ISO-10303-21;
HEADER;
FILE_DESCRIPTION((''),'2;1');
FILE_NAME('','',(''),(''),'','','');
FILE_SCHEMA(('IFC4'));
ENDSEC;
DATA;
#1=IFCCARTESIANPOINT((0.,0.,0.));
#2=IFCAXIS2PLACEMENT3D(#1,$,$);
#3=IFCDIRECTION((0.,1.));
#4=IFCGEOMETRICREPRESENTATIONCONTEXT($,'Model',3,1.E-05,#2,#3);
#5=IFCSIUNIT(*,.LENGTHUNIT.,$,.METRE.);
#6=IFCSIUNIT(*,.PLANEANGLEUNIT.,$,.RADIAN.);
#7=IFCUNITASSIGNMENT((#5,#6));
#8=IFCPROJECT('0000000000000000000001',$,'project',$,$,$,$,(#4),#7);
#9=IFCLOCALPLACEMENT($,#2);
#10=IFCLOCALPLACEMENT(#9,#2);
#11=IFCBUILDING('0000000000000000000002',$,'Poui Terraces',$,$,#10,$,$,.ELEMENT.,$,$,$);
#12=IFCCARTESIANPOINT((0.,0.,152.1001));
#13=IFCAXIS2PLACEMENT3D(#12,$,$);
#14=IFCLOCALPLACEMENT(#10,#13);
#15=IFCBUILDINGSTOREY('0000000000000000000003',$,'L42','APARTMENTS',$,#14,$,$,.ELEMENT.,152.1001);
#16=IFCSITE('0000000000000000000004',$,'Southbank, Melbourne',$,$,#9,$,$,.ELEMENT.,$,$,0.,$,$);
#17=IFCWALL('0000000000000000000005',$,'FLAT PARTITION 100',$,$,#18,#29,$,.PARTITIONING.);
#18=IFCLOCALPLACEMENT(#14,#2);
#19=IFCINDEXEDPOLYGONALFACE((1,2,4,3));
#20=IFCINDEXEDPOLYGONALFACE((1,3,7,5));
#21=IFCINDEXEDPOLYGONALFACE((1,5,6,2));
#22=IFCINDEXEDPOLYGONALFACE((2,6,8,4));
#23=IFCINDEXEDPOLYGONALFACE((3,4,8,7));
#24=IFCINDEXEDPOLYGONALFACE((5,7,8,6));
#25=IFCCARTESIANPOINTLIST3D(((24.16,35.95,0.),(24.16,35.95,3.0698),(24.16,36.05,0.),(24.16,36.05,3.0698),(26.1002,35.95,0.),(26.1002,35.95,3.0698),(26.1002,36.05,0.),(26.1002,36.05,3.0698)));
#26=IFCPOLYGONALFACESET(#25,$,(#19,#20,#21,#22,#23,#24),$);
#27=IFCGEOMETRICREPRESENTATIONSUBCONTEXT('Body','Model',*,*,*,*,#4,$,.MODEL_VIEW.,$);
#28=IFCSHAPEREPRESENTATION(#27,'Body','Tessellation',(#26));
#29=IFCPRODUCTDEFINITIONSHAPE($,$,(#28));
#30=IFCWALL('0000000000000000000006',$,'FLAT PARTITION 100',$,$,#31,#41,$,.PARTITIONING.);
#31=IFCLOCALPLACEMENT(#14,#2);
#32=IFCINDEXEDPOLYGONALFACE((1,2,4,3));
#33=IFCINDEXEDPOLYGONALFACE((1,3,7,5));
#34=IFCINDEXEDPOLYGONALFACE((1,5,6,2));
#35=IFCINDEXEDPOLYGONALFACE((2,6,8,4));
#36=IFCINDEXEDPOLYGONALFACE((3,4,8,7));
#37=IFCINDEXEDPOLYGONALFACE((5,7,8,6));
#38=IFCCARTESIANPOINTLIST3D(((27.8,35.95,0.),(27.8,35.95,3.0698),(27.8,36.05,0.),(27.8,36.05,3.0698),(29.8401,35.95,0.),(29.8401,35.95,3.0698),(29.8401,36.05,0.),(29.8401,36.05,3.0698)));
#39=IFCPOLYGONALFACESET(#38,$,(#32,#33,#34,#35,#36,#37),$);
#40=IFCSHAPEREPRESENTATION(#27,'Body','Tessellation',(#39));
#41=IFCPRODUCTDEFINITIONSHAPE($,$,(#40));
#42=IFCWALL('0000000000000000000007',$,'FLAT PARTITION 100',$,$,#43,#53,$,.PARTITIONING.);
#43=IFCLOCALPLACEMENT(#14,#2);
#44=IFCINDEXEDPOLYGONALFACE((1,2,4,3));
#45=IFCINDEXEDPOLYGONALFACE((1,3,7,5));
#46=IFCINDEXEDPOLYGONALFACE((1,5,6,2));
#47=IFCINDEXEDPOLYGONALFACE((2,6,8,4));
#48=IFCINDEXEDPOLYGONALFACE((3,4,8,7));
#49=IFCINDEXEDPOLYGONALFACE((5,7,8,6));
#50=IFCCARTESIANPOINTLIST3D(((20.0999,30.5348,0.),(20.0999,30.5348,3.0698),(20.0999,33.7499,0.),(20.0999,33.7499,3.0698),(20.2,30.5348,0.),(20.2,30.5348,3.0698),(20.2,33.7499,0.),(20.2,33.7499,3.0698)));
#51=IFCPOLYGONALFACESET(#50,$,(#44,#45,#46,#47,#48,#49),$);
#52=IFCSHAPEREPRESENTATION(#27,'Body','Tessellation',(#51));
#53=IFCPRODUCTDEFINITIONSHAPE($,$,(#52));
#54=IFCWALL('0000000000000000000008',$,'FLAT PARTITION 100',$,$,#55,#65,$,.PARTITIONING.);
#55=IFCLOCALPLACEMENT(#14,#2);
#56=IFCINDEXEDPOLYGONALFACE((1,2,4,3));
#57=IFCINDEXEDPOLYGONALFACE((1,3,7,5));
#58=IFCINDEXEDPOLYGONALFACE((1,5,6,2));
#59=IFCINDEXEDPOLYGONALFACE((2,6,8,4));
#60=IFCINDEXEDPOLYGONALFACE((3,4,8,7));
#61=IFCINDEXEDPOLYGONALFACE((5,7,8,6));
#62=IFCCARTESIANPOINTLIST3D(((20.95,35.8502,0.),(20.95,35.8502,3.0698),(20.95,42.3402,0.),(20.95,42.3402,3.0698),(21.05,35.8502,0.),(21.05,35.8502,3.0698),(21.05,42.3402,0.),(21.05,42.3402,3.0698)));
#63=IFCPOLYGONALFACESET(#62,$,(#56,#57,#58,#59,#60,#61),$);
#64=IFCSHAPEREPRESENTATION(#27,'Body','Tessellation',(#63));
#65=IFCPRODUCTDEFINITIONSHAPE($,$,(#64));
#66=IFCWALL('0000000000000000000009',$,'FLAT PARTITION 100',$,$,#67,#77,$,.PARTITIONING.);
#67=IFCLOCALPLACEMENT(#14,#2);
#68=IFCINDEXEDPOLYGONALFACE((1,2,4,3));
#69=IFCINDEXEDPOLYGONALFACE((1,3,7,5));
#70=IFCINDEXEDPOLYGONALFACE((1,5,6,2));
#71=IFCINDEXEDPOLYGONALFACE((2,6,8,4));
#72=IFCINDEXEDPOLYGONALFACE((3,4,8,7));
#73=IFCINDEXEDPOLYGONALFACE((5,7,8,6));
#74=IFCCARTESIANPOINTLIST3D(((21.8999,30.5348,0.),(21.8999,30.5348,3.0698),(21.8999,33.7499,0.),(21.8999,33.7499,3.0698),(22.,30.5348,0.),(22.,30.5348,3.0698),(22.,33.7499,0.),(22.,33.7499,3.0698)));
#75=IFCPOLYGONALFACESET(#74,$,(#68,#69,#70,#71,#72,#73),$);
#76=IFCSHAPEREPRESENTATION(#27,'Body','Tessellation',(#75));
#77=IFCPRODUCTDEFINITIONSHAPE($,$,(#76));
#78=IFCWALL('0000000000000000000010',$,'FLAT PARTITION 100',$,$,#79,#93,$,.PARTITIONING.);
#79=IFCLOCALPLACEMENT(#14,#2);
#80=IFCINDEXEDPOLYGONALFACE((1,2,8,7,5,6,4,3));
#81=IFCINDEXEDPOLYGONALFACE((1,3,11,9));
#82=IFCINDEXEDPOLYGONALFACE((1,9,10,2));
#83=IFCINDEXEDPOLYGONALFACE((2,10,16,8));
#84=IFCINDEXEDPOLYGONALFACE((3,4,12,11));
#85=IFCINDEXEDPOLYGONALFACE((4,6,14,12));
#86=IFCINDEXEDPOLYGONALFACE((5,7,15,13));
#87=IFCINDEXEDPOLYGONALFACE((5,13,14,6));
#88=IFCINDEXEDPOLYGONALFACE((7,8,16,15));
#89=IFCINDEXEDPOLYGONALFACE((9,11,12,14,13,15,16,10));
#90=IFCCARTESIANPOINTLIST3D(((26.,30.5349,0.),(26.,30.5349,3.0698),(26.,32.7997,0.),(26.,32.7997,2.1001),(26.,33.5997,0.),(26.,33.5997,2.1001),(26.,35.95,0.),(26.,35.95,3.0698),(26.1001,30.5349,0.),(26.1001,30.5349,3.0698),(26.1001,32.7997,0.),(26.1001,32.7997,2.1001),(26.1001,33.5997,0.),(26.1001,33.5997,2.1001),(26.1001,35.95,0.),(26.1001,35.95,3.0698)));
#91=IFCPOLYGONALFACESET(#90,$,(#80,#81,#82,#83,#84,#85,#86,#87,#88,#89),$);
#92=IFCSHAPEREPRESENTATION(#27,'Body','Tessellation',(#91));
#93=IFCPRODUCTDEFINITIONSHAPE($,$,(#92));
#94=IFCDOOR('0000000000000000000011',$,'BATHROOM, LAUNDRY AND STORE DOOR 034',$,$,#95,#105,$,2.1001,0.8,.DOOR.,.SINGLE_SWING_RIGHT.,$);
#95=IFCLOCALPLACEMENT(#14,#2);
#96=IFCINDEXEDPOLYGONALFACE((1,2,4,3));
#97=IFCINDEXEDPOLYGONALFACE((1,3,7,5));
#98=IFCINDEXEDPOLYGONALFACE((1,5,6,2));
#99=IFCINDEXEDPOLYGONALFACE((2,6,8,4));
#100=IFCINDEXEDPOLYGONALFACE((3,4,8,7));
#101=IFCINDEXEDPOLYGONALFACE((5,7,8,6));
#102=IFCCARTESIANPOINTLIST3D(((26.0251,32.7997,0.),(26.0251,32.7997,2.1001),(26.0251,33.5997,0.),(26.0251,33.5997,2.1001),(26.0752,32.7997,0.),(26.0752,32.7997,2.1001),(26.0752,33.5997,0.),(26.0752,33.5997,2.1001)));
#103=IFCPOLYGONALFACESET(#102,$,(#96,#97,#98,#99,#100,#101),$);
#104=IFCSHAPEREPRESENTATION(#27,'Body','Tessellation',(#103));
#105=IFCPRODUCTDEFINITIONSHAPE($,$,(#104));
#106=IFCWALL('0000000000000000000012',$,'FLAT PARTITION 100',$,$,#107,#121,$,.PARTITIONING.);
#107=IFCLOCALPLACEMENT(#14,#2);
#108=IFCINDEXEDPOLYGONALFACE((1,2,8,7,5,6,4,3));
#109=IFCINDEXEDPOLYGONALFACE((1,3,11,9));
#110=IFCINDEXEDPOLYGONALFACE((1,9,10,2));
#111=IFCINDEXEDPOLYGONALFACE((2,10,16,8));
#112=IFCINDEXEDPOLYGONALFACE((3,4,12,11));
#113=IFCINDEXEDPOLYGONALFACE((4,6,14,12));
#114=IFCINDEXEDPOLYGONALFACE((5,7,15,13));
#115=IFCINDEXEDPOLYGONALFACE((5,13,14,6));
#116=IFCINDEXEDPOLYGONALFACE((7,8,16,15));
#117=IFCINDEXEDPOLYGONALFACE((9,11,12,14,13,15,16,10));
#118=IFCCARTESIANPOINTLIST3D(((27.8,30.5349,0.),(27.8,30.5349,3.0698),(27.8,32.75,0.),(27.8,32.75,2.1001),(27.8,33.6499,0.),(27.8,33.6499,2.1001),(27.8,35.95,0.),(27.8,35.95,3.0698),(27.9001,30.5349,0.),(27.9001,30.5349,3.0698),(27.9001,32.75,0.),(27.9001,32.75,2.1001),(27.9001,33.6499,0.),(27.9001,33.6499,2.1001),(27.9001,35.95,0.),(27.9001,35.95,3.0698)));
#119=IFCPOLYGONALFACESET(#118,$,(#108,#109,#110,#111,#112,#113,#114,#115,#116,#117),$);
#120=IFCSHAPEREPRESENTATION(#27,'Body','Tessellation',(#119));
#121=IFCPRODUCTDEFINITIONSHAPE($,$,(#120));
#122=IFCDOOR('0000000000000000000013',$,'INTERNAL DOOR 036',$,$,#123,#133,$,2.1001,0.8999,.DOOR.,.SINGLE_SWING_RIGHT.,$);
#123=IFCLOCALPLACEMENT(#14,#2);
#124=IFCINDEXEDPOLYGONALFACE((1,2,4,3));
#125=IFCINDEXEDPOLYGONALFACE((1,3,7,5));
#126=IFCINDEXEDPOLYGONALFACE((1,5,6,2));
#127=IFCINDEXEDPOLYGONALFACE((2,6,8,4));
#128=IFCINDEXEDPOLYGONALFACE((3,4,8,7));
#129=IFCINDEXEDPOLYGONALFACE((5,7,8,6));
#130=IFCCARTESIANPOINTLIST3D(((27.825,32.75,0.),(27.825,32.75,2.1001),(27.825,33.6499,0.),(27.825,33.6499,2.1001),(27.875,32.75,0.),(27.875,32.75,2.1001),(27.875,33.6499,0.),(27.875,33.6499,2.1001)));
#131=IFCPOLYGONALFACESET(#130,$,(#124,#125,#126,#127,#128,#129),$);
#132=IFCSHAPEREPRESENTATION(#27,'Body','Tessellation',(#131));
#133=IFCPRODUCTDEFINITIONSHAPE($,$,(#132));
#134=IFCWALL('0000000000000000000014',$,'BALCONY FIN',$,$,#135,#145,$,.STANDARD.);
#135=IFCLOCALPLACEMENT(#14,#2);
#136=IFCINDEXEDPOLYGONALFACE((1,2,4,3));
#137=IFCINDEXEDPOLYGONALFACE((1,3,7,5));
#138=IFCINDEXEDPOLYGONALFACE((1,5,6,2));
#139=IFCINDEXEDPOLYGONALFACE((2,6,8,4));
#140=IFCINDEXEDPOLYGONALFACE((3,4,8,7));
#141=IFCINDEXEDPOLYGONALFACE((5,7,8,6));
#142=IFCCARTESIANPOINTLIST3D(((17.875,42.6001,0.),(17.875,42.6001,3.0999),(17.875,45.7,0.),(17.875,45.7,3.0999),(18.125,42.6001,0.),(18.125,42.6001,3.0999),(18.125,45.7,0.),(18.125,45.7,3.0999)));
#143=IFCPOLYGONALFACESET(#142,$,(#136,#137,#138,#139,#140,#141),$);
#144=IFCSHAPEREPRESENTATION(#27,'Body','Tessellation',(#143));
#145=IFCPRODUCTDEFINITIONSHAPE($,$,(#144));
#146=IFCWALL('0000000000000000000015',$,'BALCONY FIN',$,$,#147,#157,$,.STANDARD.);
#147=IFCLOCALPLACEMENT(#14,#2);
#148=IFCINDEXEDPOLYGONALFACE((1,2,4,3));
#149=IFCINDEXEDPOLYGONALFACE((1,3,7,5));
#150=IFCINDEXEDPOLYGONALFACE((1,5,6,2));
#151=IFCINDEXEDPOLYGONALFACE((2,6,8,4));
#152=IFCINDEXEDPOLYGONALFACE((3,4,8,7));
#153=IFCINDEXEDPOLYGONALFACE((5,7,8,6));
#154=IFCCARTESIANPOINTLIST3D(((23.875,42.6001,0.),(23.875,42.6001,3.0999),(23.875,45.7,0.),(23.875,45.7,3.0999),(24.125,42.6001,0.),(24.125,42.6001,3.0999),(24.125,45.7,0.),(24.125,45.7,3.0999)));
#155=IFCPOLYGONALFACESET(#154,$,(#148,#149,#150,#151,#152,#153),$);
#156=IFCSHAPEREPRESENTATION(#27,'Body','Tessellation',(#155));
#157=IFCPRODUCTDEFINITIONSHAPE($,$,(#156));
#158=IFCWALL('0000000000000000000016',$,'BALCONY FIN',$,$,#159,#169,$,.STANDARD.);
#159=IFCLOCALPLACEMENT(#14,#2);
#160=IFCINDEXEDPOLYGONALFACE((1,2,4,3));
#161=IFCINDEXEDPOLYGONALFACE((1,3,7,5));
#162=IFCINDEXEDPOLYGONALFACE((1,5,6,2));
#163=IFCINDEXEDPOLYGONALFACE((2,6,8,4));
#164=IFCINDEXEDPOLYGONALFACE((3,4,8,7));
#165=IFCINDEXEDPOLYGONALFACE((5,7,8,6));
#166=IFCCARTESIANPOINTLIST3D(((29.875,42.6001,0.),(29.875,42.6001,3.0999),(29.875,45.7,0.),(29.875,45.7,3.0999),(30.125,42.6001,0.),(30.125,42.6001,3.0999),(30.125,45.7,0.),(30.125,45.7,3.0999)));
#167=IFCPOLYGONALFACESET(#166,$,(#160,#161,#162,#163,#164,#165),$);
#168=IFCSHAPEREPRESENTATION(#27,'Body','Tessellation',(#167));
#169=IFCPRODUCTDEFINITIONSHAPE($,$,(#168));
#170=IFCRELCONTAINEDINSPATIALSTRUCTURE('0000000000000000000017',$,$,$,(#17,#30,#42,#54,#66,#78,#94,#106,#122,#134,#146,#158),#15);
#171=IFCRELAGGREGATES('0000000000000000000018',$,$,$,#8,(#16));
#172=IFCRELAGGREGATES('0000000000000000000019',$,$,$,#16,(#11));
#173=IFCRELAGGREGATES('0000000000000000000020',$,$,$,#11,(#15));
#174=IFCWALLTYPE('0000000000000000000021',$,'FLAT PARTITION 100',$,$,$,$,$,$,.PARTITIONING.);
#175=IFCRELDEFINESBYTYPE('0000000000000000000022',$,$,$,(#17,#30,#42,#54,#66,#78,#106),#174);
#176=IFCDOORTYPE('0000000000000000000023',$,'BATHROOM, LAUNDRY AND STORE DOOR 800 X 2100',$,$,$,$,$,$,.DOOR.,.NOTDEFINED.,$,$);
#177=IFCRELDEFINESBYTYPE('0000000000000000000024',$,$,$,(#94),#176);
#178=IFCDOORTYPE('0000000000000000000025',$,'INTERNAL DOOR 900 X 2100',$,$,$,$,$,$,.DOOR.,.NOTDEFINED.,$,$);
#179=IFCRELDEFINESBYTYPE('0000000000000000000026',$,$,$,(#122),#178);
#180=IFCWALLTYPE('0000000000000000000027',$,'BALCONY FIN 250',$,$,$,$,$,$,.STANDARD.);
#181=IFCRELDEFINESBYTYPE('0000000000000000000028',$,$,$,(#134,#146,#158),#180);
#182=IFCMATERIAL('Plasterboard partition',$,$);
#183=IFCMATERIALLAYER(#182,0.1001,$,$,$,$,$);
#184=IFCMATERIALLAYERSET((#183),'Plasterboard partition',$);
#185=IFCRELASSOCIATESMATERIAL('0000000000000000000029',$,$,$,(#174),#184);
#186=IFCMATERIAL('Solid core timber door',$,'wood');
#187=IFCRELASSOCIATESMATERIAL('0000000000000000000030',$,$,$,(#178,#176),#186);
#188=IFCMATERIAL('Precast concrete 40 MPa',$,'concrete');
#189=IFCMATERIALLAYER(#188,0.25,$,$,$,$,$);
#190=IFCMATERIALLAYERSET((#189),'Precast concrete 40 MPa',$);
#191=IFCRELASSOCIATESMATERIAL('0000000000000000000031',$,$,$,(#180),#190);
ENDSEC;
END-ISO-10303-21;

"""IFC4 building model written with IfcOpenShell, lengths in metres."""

from ifc_helpers import new_model, si_unit, direction, frame, frame_2d, origin, place, context, subcontext, project, spatial, polyline, rectangle, outline, extrude, source, transform, mapped, material, layer, layer_set, type_object, element, fill, save


model = new_model("IFC4")

# Units and contexts
model_context = context("Model", 3, precision=1e-05, world=origin(), true_north=direction((0.0, 1.0)))
body_context = subcontext(model_context, "Body", "Model", "MODEL_VIEW")
ifc_project = project(units=[si_unit("LENGTHUNIT", "METRE"), si_unit("PLANEANGLEUNIT", "RADIAN")], contexts=[model_context])

# Site, building, storey
site_placement = place(None, origin())
site = spatial("IfcSite", under=ifc_project, at=site_placement, Name="Southbank, Melbourne", CompositionType="ELEMENT", RefElevation=0.0)
building_placement = place(site_placement, origin())
building = spatial("IfcBuilding", under=site, at=building_placement, Name="Poui Terraces", CompositionType="ELEMENT")
storey_placement = place(building_placement, frame((0.0, 0.0, 152.1001)))
storey = spatial("IfcBuildingStorey", under=building, at=storey_placement, Name="L42", Description="APARTMENTS", CompositionType="ELEMENT", Elevation=152.1001)

# Shared definitions
ifc_material_1 = material(Name="Plasterboard partition")
ifc_layer_1 = layer(ifc_material_1, 0.1001)
ifc_layer_set_1 = layer_set([ifc_layer_1], Name="Plasterboard partition")
wall_type_1 = type_object("IfcWallType", Name="FLAT PARTITION 100", PredefinedType="PARTITIONING", material=ifc_layer_set_1)
ifc_material_2 = material(Name="Solid core timber door", Category="wood")
door_type_1 = type_object("IfcDoorType", Name="INTERNAL DOOR 900 X 2100", OperationType="NOTDEFINED", PredefinedType="DOOR", material=ifc_material_2)
door_type_2 = type_object("IfcDoorType", Name="BATHROOM, LAUNDRY AND STORE DOOR 800 X 2100", OperationType="NOTDEFINED", PredefinedType="DOOR", material=ifc_material_2)

# Walls
wall_1_placement = place(storey_placement, frame((24.1599, 36.0, 0.0), z_axis=(0.0, 0.0, 1.0), x_axis=(1.0, 0.0, 0.0)))
element("IfcWall", 1, at=wall_1_placement, inside=storey, type_object=wall_type_1, Name="FLAT PARTITION 100", PredefinedType="PARTITIONING", context=body_context, shape_type="SweptSolid", body=[
    extrude(rectangle(XDim=1.9402, YDim=0.1001, at=frame_2d((0.9702, 0.0))), origin(), (0.0, 0.0, 1.0), 3.0698),
])
wall_2_placement = place(storey_placement, frame((27.8, 36.0, 0.0), z_axis=(0.0, 0.0, 1.0), x_axis=(1.0, 0.0, 0.0)))
element("IfcWall", 2, at=wall_2_placement, inside=storey, type_object=wall_type_1, Name="FLAT PARTITION 100", PredefinedType="PARTITIONING", context=body_context, shape_type="SweptSolid", body=[
    extrude(rectangle(XDim=2.04, YDim=0.1001, at=frame_2d((1.02, 0.0))), origin(), (0.0, 0.0, 1.0), 3.0698),
])
wall_3_placement = place(storey_placement, frame((20.1499, 30.5349, 0.0), z_axis=(0.0, 0.0, 1.0), x_axis=(0.0, 1.0, 0.0)))
element("IfcWall", 3, at=wall_3_placement, inside=storey, type_object=wall_type_1, Name="FLAT PARTITION 100", PredefinedType="PARTITIONING", context=body_context, shape_type="SweptSolid", body=[
    extrude(rectangle(XDim=3.2151, YDim=0.1001, at=frame_2d((1.6074, 0.0))), origin(), (0.0, 0.0, 1.0), 3.0698),
])
wall_4_placement = place(storey_placement, frame((21.0, 35.8501, 0.0), z_axis=(0.0, 0.0, 1.0), x_axis=(0.0, 1.0, 0.0)))
element("IfcWall", 4, at=wall_4_placement, inside=storey, type_object=wall_type_1, Name="FLAT PARTITION 100", PredefinedType="PARTITIONING", context=body_context, shape_type="SweptSolid", body=[
    extrude(rectangle(XDim=6.49, YDim=0.1001, at=frame_2d((3.2451, 0.0))), origin(), (0.0, 0.0, 1.0), 3.0698),
])
wall_5_placement = place(storey_placement, frame((21.95, 30.5349, 0.0), z_axis=(0.0, 0.0, 1.0), x_axis=(0.0, 1.0, 0.0)))
element("IfcWall", 5, at=wall_5_placement, inside=storey, type_object=wall_type_1, Name="FLAT PARTITION 100", PredefinedType="PARTITIONING", context=body_context, shape_type="SweptSolid", body=[
    extrude(rectangle(XDim=3.2151, YDim=0.1001, at=frame_2d((1.6074, 0.0))), origin(), (0.0, 0.0, 1.0), 3.0698),
])

# Walls, openings, doors
wall_6_placement = place(storey_placement, frame((26.05, 30.5349, 0.0), z_axis=(0.0, 0.0, 1.0), x_axis=(0.0, 1.0, 0.0)))
wall_6 = element("IfcWall", 6, at=wall_6_placement, inside=storey, type_object=wall_type_1, Name="FLAT PARTITION 100", PredefinedType="PARTITIONING", context=body_context, shape_type="SweptSolid", body=[
    extrude(rectangle(XDim=5.415, YDim=0.1001, at=frame_2d((2.7075, 0.0))), origin(), (0.0, 0.0, 1.0), 3.0698),
])
opening_1_placement = place(wall_6_placement, frame((2.2649, 0.0, 0.0)))
opening_1 = element("IfcOpeningElement", 7, at=opening_1_placement, cuts=wall_6, PredefinedType="OPENING", context=body_context, shape_type="SweptSolid", body=[
    extrude(rectangle(XDim=0.8, YDim=2.1001, at=frame_2d((0.3999, 1.05))), frame((0.0, 0.0601, 0.0), z_axis=(0.0, -1.0, 0.0), x_axis=(1.0, 0.0, 0.0)), (0.0, 0.0, 1.0), 0.1201),
])
door_1_placement = place(opening_1_placement, origin())
door_1 = element("IfcDoor", 8, at=door_1_placement, inside=storey, type_object=door_type_2, Name="BATHROOM, LAUNDRY AND STORE DOOR 034", OperationType="SINGLE_SWING_RIGHT", OverallHeight=2.1001, OverallWidth=0.8, PredefinedType="DOOR", context=body_context, shape_type="SweptSolid", body=[
    extrude(rectangle(XDim=0.8, YDim=2.1001, at=frame_2d((0.3999, 1.05))), frame((0.0, 0.0249, 0.0), z_axis=(0.0, -1.0, 0.0), x_axis=(1.0, 0.0, 0.0)), (0.0, 0.0, 1.0), 0.05),
])
fill(opening_1, door_1)
wall_7_placement = place(storey_placement, frame((27.8501, 30.5349, 0.0), z_axis=(0.0, 0.0, 1.0), x_axis=(0.0, 1.0, 0.0)))
wall_7 = element("IfcWall", 9, at=wall_7_placement, inside=storey, type_object=wall_type_1, Name="FLAT PARTITION 100", PredefinedType="PARTITIONING", context=body_context, shape_type="SweptSolid", body=[
    extrude(rectangle(XDim=5.415, YDim=0.1001, at=frame_2d((2.7075, 0.0))), origin(), (0.0, 0.0, 1.0), 3.0698),
])
opening_2_placement = place(wall_7_placement, frame((2.2151, 0.0, 0.0)))
opening_2 = element("IfcOpeningElement", 10, at=opening_2_placement, cuts=wall_7, PredefinedType="OPENING", context=body_context, shape_type="SweptSolid", body=[
    extrude(rectangle(XDim=0.8999, YDim=2.1001, at=frame_2d((0.45, 1.05))), frame((0.0, 0.0601, 0.0), z_axis=(0.0, -1.0, 0.0), x_axis=(1.0, 0.0, 0.0)), (0.0, 0.0, 1.0), 0.1201),
])
door_2_placement = place(opening_2_placement, frame((0.8999, 0.0, 0.0), z_axis=(0.0, 0.0, 1.0), x_axis=(-1.0, 0.0, 0.0)))
door_2 = element("IfcDoor", 11, at=door_2_placement, inside=storey, type_object=door_type_1, Name="INTERNAL DOOR 036", OperationType="SINGLE_SWING_RIGHT", OverallHeight=2.1001, OverallWidth=0.8999, PredefinedType="DOOR", context=body_context, shape_type="SweptSolid", body=[
    extrude(rectangle(XDim=0.8999, YDim=2.1001, at=frame_2d((0.45, 1.05))), frame((0.0, 0.0249, 0.0), z_axis=(0.0, -1.0, 0.0), x_axis=(1.0, 0.0, 0.0)), (0.0, 0.0, 1.0), 0.05),
])
fill(opening_2, door_2)

# Walls
ifc_material_3 = material(Name="Precast concrete 40 MPa", Category="concrete")
ifc_layer_2 = layer(ifc_material_3, 0.25)
ifc_layer_set_2 = layer_set([ifc_layer_2], Name="Precast concrete 40 MPa")
wall_type_2 = type_object("IfcWallType", Name="BALCONY FIN 250", PredefinedType="STANDARD", material=ifc_layer_set_2)
shared_shape_1 = source(origin(), body_context, "Body", "SweptSolid", [
    extrude(outline(polyline([(0.0, 0.0), (0.25, 0.0), (0.25, 3.0999), (0.0, 3.0999), (0.0, 0.0)])), origin(), (0.0, 0.0, 1.0), 3.0999),
])
for number, where, name in (
    (12, (17.875, 42.6001, 0.0), "BALCONY FIN"),
    (13, (23.875, 42.6001, 0.0), "BALCONY FIN"),
    (14, (29.875, 42.6001, 0.0), "BALCONY FIN"),
):
    element("IfcWall", number, at=place(storey_placement, frame(where)), inside=storey, type_object=wall_type_2, Name=name, PredefinedType="STANDARD", context=body_context, shape_type="MappedRepresentation", body=[
        mapped(shared_shape_1, transform((0.0, 0.0, 0.0))),
    ])

save(model, "model.ifc")
